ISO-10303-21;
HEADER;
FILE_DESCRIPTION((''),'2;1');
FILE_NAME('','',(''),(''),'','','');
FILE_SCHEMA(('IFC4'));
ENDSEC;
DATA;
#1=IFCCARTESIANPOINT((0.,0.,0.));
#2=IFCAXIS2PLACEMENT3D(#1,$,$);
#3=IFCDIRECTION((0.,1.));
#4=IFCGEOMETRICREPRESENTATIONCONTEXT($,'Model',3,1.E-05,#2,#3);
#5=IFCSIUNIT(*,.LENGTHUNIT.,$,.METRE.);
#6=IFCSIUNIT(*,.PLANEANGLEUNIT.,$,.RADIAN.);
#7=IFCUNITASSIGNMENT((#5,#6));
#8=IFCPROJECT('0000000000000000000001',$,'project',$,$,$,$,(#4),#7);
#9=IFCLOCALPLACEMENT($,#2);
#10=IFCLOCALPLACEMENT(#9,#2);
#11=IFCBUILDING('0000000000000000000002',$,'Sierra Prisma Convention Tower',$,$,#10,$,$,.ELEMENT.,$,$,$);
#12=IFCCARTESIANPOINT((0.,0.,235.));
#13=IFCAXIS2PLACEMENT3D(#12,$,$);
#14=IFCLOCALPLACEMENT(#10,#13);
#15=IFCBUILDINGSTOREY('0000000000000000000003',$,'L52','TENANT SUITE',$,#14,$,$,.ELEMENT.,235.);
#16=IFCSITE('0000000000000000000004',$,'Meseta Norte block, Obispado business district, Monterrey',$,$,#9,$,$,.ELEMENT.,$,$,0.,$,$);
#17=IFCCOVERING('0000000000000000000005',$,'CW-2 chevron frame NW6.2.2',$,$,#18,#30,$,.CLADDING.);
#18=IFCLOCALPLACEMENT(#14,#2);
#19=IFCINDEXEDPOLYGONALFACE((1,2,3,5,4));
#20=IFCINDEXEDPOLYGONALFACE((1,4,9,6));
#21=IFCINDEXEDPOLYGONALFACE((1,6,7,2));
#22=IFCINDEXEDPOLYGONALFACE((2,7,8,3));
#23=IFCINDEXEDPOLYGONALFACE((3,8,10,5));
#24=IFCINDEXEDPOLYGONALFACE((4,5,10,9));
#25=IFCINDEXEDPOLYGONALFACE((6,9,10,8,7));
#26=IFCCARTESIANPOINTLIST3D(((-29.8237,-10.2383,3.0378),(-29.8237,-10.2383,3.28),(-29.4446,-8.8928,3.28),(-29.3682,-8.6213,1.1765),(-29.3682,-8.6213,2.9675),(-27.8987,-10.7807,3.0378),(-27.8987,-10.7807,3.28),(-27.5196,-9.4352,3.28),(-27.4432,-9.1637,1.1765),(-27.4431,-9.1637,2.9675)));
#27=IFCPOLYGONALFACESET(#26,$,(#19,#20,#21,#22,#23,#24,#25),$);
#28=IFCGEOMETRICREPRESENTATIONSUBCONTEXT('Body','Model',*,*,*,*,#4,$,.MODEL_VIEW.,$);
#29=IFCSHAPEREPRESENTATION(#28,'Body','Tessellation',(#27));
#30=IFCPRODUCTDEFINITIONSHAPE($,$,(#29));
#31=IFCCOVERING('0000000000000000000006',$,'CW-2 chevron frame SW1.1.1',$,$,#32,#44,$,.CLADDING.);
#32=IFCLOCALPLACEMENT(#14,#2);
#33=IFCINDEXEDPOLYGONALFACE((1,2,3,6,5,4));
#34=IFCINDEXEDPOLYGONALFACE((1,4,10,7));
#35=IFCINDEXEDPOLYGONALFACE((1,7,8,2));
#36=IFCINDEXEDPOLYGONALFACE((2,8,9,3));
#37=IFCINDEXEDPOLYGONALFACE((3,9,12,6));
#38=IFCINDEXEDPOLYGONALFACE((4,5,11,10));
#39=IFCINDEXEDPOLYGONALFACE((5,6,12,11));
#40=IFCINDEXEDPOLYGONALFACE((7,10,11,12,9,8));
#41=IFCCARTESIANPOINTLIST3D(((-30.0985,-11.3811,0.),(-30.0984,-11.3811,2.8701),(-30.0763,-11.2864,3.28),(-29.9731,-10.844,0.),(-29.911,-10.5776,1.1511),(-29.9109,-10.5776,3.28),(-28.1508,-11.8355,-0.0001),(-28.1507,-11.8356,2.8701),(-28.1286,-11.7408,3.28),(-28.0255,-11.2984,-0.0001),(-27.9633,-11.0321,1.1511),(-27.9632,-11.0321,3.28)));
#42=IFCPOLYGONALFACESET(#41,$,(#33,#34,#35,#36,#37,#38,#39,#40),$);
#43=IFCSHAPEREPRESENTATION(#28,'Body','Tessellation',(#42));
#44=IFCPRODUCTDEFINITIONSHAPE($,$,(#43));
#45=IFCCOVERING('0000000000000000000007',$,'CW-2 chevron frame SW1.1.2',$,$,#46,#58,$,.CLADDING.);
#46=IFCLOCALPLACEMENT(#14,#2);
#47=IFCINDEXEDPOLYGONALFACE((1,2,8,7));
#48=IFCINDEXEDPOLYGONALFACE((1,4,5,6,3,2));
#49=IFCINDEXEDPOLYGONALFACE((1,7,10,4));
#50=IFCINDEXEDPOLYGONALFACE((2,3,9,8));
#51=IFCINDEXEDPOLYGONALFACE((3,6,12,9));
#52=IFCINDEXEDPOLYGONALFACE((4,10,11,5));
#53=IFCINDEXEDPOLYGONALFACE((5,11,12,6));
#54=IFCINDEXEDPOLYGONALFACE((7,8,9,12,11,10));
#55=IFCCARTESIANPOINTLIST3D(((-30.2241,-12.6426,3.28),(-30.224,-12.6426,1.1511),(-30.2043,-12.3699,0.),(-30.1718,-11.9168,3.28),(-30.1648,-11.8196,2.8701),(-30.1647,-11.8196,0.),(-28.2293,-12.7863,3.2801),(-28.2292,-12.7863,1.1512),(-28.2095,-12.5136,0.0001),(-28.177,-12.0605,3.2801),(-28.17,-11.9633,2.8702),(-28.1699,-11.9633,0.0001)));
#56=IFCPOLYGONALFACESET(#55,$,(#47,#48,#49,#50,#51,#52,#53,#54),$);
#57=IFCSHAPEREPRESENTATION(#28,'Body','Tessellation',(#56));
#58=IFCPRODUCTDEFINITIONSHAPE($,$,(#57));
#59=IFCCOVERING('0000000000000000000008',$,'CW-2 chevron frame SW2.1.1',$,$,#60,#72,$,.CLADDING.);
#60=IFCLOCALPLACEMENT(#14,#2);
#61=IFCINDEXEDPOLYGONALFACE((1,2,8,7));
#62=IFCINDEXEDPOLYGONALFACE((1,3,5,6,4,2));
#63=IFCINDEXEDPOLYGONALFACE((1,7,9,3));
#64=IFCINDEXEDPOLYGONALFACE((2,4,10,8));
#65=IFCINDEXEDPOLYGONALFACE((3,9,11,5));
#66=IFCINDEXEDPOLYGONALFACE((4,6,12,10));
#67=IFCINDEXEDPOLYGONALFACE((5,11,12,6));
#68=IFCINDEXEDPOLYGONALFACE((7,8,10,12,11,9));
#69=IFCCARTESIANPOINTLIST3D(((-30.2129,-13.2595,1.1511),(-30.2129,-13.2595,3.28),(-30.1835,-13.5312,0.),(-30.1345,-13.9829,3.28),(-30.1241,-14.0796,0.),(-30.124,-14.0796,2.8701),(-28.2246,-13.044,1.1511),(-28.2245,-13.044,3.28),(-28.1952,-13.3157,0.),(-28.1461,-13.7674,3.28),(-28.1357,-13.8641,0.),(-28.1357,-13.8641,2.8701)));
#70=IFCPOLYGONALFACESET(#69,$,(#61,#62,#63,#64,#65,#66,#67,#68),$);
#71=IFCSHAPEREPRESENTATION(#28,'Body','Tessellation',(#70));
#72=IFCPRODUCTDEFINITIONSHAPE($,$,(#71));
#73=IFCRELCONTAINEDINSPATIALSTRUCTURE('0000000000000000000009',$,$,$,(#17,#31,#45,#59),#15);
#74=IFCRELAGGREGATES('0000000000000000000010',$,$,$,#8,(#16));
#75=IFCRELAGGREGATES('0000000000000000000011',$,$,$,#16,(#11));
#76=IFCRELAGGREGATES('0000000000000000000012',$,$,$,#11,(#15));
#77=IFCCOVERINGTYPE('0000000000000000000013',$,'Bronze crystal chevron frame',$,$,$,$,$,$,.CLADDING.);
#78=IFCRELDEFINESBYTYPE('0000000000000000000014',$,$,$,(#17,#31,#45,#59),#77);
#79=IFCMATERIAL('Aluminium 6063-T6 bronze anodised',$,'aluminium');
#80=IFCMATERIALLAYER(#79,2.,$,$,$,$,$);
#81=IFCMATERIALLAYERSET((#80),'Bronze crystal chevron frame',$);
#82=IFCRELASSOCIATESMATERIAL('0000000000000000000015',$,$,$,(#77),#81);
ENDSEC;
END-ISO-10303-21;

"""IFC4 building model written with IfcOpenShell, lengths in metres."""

from ifc_helpers import new_model, si_unit, direction, frame, origin, place, context, subcontext, project, spatial, polyline, outline, extrude, material, layer, layer_set, type_object, element, save


model = new_model("IFC4")

# Units and contexts
model_context = context("Model", 3, precision=1e-05, world=origin(), true_north=direction((0.0, 1.0)))
body_context = subcontext(model_context, "Body", "Model", "MODEL_VIEW")
ifc_project = project(units=[si_unit("LENGTHUNIT", "METRE"), si_unit("PLANEANGLEUNIT", "RADIAN")], contexts=[model_context])

# Site, building, storey
site_placement = place(None, origin())
site = spatial("IfcSite", under=ifc_project, at=site_placement, Name="Meseta Norte block, Obispado business district, Monterrey", CompositionType="ELEMENT", RefElevation=0.0)
building_placement = place(site_placement, origin())
building = spatial("IfcBuilding", under=site, at=building_placement, Name="Sierra Prisma Convention Tower", CompositionType="ELEMENT")
storey_placement = place(building_placement, frame((0.0, 0.0, 235.0)))
storey = spatial("IfcBuildingStorey", under=building, at=storey_placement, Name="L52", Description="TENANT SUITE", CompositionType="ELEMENT", Elevation=235.0)

# Coverings
ifc_material_1 = material(Name="Aluminium 6063-T6 bronze anodised", Category="aluminium")
ifc_layer_1 = layer(ifc_material_1, 2.0)
ifc_layer_set_1 = layer_set([ifc_layer_1], Name="Bronze crystal chevron frame")
covering_type = type_object("IfcCoveringType", Name="Bronze crystal chevron frame", PredefinedType="CLADDING", material=ifc_layer_set_1)
covering_1_placement = place(storey_placement, frame((-29.8237, -10.2383, 3.28), z_axis=(-0.962525, 0.271193, 0.000031), x_axis=(0.271193, 0.962525, 0.0)))
element("IfcCovering", 1, at=covering_1_placement, inside=storey, type_object=covering_type, Name="CW-2 chevron frame NW6.2.2", PredefinedType="CLADDING", context=body_context, shape_type="SweptSolid", body=[
    extrude(outline(polyline([(0.0, 0.0), (1.3979, 0.0), (1.6799, 0.3125), (1.6799, 2.1035), (0.0, 0.2422), (0.0, 0.0)])), origin(), (0.0, 0.0, -1.0), 2.0),
])
covering_2_placement = place(storey_placement, frame((-29.9109, -10.5776, 3.28), z_axis=(-0.973842, 0.227228, 0.000033), x_axis=(-0.000032, 0.000008, -1.0)))
element("IfcCovering", 2, at=covering_2_placement, inside=storey, type_object=covering_type, Name="CW-2 chevron frame SW1.1.1", PredefinedType="CLADDING", context=body_context, shape_type="SweptSolid", body=[
    extrude(outline(polyline([(0.0, 0.0), (2.1289, 0.0), (3.28, 0.2735), (3.28, 0.8251), (0.4099, 0.8251), (0.0, 0.7278), (0.0, 0.0)])), origin(), (0.0, 0.0, -1.0), 2.0),
])
covering_3_placement = place(storey_placement, frame((-30.2043, -12.3699, 0.0), z_axis=(-0.997414, 0.071866, -0.000031), x_axis=(-0.016638, -0.230496, 0.972931)))
element("IfcCovering", 3, at=covering_3_placement, inside=storey, type_object=covering_type, Name="CW-2 chevron frame SW1.1.2", PredefinedType="CLADDING", context=body_context, shape_type="SweptSolid", body=[
    extrude(outline(polyline([(0.0, 0.0), (1.1831, 0.0), (3.2544, 0.492), (3.0863, 1.2), (2.6649, 1.2001), (-0.1275, 0.5368), (0.0, 0.0)])), origin(), (0.0, 0.0, -1.0), 2.0),
])
covering_4_placement = place(storey_placement, frame((-30.2129, -13.2595, 3.28), z_axis=(-0.994176, -0.107767, 0.000021), x_axis=(-0.000021, -0.000002, -1.0)))
element("IfcCovering", 4, at=covering_4_placement, inside=storey, type_object=covering_type, Name="CW-2 chevron frame SW2.1.1", PredefinedType="CLADDING", context=body_context, shape_type="SweptSolid", body=[
    extrude(outline(polyline([(0.0, 0.0), (2.1289, 0.0), (3.28, 0.2733), (3.28, 0.8249), (0.4099, 0.8249), (0.0, 0.7276), (0.0, 0.0)])), origin(), (0.0, 0.0, -1.0), 2.0),
])

save(model, "model.ifc")
